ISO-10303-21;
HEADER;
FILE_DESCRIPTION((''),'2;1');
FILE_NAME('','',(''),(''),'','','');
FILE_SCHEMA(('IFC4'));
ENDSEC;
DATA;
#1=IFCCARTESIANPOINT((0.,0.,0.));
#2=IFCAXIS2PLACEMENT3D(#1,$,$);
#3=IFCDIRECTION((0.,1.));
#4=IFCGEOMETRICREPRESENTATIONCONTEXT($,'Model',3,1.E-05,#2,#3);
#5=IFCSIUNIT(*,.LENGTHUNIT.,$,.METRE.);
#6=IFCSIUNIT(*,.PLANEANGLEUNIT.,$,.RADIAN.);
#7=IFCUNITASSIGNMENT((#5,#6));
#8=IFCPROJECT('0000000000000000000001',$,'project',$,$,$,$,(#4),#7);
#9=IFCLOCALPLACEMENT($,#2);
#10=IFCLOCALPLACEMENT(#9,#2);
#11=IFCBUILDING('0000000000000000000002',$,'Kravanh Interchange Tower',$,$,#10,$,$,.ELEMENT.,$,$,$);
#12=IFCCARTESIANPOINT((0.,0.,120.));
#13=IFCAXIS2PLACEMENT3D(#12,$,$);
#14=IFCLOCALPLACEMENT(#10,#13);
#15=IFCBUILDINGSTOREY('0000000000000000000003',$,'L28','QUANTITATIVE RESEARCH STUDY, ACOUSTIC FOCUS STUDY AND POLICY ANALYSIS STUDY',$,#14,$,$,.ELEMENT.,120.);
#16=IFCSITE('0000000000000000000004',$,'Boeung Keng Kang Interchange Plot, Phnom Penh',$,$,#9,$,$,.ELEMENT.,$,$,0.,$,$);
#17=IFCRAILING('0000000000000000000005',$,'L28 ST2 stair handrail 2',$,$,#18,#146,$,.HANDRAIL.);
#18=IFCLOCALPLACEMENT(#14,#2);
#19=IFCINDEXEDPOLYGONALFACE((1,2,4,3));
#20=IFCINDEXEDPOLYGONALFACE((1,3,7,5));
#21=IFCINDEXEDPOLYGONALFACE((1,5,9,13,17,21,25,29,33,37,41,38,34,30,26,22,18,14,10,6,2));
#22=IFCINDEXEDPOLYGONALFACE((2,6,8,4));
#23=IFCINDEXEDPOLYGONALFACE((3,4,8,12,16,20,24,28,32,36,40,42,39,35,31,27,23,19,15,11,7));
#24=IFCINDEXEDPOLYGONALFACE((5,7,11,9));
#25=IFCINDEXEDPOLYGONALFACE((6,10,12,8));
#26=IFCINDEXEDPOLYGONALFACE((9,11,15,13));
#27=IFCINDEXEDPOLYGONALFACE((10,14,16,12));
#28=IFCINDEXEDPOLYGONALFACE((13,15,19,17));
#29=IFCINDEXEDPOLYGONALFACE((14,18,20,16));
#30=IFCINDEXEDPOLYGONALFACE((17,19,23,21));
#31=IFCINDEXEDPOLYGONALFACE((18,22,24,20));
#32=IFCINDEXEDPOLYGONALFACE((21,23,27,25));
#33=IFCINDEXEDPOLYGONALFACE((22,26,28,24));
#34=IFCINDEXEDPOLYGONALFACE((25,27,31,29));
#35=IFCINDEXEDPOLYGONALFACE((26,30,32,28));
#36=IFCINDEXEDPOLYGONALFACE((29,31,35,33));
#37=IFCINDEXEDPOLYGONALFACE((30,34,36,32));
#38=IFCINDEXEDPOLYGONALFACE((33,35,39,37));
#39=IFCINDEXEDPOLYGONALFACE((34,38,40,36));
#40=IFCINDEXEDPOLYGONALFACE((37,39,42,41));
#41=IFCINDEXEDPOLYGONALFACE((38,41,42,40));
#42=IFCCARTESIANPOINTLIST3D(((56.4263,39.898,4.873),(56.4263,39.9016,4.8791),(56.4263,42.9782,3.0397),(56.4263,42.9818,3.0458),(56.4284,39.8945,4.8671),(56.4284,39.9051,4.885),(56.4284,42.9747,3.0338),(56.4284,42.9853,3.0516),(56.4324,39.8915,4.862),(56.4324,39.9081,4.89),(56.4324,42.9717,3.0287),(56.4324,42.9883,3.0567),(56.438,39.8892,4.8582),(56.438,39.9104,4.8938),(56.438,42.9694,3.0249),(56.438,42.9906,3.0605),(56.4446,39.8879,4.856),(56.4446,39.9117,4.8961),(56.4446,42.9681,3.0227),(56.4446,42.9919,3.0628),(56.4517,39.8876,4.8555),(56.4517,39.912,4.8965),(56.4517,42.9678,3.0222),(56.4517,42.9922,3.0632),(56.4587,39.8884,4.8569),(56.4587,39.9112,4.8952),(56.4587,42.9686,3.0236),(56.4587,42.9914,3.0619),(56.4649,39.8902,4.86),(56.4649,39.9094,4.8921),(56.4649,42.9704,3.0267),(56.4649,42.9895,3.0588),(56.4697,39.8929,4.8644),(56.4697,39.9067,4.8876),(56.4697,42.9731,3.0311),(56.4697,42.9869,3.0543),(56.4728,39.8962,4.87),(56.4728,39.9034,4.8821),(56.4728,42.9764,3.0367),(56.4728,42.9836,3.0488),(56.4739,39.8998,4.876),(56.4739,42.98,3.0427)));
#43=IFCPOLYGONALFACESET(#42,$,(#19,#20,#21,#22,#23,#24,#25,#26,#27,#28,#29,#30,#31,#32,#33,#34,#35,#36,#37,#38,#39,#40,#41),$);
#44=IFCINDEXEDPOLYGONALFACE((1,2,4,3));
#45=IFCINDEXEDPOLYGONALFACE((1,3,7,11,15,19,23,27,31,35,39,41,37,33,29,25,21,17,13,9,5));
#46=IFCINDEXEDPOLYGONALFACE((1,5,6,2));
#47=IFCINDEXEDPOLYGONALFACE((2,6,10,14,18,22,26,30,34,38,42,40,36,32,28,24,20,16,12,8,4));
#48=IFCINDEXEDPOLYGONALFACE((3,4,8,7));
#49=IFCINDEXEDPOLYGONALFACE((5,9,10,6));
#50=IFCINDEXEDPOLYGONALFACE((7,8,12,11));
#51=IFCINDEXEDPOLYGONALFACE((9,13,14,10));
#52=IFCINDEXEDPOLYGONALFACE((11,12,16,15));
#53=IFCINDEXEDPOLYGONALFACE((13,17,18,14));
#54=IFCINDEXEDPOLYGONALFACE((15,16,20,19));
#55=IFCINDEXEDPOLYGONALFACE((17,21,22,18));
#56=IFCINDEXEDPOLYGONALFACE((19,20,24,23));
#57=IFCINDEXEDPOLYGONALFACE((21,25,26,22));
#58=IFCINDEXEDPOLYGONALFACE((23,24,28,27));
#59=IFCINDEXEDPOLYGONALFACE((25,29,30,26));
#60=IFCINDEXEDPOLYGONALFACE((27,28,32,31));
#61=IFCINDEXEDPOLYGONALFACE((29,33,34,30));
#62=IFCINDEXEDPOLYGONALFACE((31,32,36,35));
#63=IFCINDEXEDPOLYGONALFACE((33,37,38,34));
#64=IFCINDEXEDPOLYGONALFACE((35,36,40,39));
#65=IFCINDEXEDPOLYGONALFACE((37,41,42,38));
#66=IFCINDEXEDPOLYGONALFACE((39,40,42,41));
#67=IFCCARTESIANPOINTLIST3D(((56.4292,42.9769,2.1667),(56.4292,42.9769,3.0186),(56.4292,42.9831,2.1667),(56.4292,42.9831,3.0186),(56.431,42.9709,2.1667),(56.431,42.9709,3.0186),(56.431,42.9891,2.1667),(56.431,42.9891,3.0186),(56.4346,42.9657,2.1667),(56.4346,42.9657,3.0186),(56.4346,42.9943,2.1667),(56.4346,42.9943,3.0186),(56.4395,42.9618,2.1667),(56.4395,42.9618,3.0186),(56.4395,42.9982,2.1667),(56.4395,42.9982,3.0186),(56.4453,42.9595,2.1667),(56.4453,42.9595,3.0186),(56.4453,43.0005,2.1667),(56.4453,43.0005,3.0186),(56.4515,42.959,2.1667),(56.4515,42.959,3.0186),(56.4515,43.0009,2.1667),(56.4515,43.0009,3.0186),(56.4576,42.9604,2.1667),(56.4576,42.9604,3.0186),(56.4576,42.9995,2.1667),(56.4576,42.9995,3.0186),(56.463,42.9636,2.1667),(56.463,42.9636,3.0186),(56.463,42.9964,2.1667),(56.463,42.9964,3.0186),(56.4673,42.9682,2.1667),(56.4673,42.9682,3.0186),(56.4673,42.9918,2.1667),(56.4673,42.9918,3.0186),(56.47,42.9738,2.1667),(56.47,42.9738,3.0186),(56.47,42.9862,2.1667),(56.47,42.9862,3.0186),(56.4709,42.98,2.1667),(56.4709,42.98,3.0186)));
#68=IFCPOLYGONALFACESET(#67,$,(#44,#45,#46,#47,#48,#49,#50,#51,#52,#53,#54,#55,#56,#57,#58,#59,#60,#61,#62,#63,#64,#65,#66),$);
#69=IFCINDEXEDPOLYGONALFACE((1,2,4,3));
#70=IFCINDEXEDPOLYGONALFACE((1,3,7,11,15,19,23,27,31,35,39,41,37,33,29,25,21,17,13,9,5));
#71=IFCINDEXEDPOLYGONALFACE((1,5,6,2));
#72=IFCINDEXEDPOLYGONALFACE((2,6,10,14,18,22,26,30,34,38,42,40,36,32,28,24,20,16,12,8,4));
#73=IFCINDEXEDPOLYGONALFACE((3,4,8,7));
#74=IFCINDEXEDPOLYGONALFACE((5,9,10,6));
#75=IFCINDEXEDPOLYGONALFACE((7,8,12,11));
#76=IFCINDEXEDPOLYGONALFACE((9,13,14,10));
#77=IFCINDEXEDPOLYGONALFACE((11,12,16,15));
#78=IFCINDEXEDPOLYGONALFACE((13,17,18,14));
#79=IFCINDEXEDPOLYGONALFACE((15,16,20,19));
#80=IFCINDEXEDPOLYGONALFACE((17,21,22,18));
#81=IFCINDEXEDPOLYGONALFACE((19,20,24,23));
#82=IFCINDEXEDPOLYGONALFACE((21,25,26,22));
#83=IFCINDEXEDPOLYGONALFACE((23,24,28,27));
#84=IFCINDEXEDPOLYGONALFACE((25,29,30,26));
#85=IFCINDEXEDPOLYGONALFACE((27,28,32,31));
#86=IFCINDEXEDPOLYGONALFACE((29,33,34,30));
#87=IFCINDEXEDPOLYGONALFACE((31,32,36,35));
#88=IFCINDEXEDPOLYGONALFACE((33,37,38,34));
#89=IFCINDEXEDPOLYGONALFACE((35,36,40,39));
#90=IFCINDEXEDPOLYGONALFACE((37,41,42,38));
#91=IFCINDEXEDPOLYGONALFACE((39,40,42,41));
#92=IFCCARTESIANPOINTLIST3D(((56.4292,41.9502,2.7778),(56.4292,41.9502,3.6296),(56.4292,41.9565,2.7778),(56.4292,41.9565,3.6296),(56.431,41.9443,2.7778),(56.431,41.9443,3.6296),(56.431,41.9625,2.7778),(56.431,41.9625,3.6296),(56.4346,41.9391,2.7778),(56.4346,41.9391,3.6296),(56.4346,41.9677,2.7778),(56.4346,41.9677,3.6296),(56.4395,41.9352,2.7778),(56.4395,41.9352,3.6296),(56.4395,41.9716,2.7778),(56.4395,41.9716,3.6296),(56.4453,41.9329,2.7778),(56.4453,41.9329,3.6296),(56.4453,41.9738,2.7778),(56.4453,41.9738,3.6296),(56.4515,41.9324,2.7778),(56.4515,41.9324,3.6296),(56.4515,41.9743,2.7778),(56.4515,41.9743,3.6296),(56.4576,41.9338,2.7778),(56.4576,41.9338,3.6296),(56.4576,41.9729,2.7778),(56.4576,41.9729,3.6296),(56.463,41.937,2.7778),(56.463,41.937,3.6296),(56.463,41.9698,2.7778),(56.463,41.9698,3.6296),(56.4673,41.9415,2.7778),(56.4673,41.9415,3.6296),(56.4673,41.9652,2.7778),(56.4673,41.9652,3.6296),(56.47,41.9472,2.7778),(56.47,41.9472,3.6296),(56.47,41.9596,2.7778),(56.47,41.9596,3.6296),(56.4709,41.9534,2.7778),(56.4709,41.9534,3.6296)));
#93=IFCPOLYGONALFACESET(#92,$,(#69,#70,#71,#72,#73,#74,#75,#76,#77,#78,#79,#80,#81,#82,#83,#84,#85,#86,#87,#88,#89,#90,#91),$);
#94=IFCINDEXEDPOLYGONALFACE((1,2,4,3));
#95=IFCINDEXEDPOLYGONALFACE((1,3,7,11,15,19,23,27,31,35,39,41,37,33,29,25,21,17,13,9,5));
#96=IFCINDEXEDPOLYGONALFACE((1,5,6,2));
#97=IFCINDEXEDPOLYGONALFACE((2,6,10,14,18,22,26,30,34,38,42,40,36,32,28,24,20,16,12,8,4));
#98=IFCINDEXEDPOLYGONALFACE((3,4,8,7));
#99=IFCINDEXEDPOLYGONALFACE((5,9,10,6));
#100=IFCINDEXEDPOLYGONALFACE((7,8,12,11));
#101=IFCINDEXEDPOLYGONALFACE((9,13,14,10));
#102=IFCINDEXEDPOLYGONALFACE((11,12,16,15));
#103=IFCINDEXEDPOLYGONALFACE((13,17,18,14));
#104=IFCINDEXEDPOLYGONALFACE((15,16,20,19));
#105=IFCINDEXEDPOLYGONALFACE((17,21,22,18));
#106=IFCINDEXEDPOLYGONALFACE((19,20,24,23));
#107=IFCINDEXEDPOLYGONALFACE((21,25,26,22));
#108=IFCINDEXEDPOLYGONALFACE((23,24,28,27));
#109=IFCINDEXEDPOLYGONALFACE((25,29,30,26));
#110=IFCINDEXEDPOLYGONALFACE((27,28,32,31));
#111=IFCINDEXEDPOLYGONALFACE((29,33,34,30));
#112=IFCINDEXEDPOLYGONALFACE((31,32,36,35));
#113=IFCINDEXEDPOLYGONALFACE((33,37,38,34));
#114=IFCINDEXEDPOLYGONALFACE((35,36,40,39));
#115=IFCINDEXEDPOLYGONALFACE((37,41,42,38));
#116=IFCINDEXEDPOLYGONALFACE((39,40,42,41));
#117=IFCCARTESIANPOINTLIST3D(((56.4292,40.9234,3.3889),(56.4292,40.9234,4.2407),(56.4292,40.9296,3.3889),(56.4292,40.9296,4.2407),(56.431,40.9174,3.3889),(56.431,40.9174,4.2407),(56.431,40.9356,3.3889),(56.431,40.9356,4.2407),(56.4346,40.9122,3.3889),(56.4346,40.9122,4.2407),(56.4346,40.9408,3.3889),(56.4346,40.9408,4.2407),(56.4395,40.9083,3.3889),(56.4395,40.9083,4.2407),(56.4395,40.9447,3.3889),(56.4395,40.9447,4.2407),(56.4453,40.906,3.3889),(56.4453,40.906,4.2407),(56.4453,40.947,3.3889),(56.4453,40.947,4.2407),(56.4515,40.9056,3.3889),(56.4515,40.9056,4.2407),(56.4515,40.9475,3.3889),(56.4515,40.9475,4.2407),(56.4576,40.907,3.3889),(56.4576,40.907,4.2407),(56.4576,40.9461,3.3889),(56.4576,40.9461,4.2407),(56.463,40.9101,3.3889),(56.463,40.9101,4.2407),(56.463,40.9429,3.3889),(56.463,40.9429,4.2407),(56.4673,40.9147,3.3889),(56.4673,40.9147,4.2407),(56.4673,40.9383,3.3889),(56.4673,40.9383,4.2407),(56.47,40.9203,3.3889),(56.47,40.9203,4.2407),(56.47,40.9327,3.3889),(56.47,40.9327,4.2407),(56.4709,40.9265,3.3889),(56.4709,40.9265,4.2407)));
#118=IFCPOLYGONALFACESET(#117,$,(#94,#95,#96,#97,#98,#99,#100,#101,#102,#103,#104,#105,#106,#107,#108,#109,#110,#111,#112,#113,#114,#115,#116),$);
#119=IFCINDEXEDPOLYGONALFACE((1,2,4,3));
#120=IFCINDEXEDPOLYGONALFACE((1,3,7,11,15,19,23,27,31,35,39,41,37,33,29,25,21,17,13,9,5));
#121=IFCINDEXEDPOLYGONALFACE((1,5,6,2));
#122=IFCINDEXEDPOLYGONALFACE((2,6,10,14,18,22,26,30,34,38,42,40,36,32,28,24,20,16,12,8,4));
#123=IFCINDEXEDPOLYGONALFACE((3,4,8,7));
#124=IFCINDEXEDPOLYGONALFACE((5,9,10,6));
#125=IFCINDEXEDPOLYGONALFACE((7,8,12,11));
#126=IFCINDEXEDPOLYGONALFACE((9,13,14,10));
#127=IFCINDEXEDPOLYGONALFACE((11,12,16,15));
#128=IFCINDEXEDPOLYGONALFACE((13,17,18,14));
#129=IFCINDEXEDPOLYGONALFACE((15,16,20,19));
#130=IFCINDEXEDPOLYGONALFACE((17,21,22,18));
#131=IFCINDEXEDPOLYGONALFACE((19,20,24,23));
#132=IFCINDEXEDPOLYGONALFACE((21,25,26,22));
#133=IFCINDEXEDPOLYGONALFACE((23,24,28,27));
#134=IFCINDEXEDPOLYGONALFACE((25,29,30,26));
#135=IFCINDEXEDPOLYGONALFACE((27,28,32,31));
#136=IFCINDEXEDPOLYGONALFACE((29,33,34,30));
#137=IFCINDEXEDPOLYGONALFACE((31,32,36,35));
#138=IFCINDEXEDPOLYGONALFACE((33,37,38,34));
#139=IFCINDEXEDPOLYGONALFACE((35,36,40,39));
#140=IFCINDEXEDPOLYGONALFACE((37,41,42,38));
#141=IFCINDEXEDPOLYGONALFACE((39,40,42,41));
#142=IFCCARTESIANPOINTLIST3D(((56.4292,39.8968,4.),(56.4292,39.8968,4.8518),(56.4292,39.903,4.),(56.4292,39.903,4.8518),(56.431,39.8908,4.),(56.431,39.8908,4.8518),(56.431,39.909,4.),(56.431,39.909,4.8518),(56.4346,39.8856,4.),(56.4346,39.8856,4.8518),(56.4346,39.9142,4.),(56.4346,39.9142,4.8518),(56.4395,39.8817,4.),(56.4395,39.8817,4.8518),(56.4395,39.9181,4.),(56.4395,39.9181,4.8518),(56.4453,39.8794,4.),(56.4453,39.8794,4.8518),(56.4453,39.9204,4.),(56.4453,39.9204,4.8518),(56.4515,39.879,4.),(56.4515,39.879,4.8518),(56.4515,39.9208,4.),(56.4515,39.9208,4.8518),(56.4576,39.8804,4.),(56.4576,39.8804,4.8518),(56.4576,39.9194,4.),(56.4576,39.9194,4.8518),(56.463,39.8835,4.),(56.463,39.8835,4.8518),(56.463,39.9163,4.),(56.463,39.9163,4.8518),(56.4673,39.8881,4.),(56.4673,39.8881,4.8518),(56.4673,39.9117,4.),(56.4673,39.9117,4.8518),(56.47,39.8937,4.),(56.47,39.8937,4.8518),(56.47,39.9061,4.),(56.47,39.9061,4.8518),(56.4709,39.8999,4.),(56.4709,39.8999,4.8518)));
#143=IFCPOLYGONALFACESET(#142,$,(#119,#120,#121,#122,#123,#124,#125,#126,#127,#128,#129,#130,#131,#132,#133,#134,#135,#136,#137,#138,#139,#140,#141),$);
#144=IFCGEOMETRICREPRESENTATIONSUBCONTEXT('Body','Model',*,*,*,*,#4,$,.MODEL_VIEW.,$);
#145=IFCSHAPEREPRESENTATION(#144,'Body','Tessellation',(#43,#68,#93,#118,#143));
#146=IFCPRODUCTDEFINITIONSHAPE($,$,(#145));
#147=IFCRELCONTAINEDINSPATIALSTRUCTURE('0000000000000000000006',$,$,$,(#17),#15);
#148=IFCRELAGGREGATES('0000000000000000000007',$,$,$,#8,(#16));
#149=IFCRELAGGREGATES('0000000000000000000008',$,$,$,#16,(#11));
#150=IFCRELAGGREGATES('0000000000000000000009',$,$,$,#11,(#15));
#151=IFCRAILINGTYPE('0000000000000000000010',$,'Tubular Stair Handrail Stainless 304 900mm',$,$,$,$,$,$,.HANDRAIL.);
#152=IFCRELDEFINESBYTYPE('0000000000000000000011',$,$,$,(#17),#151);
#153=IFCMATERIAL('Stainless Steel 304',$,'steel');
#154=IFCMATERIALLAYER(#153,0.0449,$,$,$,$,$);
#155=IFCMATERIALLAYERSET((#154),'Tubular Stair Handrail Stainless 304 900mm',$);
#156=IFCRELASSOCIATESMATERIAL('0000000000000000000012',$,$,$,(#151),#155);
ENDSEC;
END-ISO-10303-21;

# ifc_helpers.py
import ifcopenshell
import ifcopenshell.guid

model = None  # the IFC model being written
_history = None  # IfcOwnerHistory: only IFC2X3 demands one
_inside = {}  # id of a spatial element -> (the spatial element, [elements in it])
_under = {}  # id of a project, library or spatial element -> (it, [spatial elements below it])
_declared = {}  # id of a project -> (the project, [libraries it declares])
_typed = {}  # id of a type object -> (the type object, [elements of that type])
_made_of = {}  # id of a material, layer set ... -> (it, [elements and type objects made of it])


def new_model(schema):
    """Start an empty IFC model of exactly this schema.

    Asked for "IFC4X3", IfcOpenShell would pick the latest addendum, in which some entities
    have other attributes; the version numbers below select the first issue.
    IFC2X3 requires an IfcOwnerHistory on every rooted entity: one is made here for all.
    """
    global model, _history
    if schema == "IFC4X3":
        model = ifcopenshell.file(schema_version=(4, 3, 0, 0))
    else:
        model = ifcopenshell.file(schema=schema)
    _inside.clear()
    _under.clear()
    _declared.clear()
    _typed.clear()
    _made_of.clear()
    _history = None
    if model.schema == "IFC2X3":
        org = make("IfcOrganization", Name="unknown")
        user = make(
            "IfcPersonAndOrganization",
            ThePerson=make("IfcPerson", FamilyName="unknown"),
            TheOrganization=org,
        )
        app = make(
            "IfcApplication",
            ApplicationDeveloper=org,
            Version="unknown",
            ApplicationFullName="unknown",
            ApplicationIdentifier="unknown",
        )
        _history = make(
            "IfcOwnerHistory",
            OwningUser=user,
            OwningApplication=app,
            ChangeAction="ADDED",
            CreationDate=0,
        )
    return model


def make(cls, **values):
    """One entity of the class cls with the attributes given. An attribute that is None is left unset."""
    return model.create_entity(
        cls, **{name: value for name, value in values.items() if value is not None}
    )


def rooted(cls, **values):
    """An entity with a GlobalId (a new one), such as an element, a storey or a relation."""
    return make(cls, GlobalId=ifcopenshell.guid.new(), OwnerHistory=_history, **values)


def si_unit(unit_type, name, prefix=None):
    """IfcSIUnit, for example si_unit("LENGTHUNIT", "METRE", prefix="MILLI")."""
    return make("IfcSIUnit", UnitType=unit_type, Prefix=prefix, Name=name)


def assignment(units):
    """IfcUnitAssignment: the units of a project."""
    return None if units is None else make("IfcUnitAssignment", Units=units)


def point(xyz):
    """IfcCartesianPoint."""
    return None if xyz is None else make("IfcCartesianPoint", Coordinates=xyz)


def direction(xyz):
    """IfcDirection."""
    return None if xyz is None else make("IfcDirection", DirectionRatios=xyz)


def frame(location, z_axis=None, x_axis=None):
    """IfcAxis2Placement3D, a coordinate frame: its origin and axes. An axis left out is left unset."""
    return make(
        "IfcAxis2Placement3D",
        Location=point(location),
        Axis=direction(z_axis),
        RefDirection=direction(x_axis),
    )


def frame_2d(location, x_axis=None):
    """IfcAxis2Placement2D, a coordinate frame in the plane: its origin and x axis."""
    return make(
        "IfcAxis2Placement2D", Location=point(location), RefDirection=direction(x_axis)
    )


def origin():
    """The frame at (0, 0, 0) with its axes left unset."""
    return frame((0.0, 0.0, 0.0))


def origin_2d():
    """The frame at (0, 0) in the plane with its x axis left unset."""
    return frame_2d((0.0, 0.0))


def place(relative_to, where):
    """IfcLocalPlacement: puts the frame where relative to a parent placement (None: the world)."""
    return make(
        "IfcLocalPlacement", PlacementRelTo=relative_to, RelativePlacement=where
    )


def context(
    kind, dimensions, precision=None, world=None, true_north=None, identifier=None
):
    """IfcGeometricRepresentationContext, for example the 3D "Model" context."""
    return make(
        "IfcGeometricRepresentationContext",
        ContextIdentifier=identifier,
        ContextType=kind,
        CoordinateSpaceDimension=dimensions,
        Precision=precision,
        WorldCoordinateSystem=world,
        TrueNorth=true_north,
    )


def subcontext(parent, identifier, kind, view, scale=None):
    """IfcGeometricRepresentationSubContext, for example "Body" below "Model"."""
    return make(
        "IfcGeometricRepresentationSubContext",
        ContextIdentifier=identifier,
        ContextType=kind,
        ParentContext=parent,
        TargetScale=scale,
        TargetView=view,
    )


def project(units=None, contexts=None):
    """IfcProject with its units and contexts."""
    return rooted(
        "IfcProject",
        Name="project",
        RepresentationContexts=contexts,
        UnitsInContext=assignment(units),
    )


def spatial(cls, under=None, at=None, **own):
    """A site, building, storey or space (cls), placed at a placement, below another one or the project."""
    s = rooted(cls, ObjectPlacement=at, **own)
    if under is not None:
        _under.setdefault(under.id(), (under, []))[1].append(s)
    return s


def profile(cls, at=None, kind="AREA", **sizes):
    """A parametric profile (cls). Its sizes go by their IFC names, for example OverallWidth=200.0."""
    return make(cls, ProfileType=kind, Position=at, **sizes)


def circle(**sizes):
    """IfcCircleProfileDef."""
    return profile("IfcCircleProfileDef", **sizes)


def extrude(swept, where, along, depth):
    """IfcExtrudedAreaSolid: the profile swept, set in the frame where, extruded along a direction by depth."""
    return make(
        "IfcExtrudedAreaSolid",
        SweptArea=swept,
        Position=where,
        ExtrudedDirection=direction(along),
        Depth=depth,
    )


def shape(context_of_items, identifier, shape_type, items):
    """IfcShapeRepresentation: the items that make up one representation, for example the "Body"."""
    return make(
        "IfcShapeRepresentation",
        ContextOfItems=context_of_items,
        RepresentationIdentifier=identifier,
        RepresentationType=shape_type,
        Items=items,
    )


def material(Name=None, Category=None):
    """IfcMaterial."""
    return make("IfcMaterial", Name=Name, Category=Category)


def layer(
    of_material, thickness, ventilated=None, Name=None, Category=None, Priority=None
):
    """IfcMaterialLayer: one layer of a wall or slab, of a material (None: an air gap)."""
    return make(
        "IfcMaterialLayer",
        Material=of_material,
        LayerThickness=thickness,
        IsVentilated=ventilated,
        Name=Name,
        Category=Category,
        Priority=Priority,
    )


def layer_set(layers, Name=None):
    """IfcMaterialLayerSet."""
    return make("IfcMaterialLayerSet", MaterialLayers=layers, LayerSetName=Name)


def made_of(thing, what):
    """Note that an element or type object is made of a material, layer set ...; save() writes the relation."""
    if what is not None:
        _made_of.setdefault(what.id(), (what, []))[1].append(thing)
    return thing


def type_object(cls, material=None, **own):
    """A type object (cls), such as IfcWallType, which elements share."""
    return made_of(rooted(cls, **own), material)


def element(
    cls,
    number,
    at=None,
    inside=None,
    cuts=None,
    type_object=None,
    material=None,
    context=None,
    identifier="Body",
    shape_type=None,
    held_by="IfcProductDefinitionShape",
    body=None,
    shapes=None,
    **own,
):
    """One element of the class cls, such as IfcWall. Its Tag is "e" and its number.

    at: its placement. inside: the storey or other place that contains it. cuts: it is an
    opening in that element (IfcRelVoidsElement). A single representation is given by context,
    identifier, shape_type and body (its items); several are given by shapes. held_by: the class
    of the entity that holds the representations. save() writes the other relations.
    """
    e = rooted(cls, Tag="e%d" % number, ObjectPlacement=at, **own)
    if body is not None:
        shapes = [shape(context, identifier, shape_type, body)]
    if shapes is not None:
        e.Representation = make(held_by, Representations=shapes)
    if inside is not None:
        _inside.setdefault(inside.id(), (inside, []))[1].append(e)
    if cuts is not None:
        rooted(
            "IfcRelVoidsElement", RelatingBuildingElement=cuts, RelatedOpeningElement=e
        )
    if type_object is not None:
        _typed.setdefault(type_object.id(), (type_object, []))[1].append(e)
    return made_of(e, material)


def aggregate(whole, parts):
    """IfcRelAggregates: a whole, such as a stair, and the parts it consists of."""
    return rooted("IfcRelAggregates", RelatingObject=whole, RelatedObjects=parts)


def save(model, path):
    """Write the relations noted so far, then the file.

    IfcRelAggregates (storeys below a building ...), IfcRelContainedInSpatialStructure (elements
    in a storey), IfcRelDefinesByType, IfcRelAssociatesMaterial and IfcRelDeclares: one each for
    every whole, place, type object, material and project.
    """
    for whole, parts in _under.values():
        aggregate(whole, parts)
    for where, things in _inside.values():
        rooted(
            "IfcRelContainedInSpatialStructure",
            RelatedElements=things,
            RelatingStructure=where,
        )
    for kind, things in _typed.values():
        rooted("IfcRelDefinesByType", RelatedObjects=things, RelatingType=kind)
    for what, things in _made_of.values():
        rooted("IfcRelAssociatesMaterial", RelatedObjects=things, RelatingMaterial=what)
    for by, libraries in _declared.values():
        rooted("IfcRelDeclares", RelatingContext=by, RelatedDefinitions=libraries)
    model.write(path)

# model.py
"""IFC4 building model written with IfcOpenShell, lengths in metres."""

from ifc_helpers import new_model, si_unit, direction, frame, origin, origin_2d, place, context, subcontext, project, spatial, circle, extrude, material, layer, layer_set, type_object, element, save


model = new_model("IFC4")

# Units and contexts
model_context = context("Model", 3, precision=1e-05, world=origin(), true_north=direction((0.0, 1.0)))
body_context = subcontext(model_context, "Body", "Model", "MODEL_VIEW")
ifc_project = project(units=[si_unit("LENGTHUNIT", "METRE"), si_unit("PLANEANGLEUNIT", "RADIAN")], contexts=[model_context])

# Site, building, storey
site_placement = place(None, origin())
site = spatial("IfcSite", under=ifc_project, at=site_placement, Name="Boeung Keng Kang Interchange Plot, Phnom Penh", CompositionType="ELEMENT", RefElevation=0.0)
building_placement = place(site_placement, origin())
building = spatial("IfcBuilding", under=site, at=building_placement, Name="Kravanh Interchange Tower", CompositionType="ELEMENT")
storey_placement = place(building_placement, frame((0.0, 0.0, 120.0)))
storey = spatial("IfcBuildingStorey", under=building, at=storey_placement, Name="L28", Description="QUANTITATIVE RESEARCH STUDY, ACOUSTIC FOCUS STUDY AND POLICY ANALYSIS STUDY", CompositionType="ELEMENT", Elevation=120.0)

# Railing
ifc_material_1 = material(Name="Stainless Steel 304", Category="steel")
ifc_layer_1 = layer(ifc_material_1, 0.0449)
ifc_layer_set_1 = layer_set([ifc_layer_1], Name="Tubular Stair Handrail Stainless 304 900mm")
railing_type_1 = type_object("IfcRailingType", Name="Tubular Stair Handrail Stainless 304 900mm", PredefinedType="HANDRAIL", material=ifc_layer_set_1)
railing_1_placement = place(storey_placement, frame((56.45, 42.98, 2.1667)))
element("IfcRailing", 1, at=railing_1_placement, inside=storey, type_object=railing_type_1, Name="L28 ST2 stair handrail 2", PredefinedType="HANDRAIL", context=body_context, shape_type="SweptSolid", body=[
    extrude(circle(Radius=0.0239, at=origin_2d()), frame((0.0, 0.0, 0.876), z_axis=(0.0, -0.859309, 0.511458), x_axis=(1.0, 0.0, 0.0)), (0.0, 0.0, 1.0), 3.5845),
    extrude(circle(Radius=0.021, at=origin_2d()), origin(), (0.0, 0.0, 1.0), 0.8518),
    extrude(circle(Radius=0.021, at=origin_2d()), frame((0.0, -1.0266, 0.6111)), (0.0, 0.0, 1.0), 0.8518),
    extrude(circle(Radius=0.021, at=origin_2d()), frame((0.0, -2.0535, 1.2222)), (0.0, 0.0, 1.0), 0.8518),
    extrude(circle(Radius=0.021, at=origin_2d()), frame((0.0, -3.0801, 1.8333)), (0.0, 0.0, 1.0), 0.8518),
])

save(model, "model.ifc")
